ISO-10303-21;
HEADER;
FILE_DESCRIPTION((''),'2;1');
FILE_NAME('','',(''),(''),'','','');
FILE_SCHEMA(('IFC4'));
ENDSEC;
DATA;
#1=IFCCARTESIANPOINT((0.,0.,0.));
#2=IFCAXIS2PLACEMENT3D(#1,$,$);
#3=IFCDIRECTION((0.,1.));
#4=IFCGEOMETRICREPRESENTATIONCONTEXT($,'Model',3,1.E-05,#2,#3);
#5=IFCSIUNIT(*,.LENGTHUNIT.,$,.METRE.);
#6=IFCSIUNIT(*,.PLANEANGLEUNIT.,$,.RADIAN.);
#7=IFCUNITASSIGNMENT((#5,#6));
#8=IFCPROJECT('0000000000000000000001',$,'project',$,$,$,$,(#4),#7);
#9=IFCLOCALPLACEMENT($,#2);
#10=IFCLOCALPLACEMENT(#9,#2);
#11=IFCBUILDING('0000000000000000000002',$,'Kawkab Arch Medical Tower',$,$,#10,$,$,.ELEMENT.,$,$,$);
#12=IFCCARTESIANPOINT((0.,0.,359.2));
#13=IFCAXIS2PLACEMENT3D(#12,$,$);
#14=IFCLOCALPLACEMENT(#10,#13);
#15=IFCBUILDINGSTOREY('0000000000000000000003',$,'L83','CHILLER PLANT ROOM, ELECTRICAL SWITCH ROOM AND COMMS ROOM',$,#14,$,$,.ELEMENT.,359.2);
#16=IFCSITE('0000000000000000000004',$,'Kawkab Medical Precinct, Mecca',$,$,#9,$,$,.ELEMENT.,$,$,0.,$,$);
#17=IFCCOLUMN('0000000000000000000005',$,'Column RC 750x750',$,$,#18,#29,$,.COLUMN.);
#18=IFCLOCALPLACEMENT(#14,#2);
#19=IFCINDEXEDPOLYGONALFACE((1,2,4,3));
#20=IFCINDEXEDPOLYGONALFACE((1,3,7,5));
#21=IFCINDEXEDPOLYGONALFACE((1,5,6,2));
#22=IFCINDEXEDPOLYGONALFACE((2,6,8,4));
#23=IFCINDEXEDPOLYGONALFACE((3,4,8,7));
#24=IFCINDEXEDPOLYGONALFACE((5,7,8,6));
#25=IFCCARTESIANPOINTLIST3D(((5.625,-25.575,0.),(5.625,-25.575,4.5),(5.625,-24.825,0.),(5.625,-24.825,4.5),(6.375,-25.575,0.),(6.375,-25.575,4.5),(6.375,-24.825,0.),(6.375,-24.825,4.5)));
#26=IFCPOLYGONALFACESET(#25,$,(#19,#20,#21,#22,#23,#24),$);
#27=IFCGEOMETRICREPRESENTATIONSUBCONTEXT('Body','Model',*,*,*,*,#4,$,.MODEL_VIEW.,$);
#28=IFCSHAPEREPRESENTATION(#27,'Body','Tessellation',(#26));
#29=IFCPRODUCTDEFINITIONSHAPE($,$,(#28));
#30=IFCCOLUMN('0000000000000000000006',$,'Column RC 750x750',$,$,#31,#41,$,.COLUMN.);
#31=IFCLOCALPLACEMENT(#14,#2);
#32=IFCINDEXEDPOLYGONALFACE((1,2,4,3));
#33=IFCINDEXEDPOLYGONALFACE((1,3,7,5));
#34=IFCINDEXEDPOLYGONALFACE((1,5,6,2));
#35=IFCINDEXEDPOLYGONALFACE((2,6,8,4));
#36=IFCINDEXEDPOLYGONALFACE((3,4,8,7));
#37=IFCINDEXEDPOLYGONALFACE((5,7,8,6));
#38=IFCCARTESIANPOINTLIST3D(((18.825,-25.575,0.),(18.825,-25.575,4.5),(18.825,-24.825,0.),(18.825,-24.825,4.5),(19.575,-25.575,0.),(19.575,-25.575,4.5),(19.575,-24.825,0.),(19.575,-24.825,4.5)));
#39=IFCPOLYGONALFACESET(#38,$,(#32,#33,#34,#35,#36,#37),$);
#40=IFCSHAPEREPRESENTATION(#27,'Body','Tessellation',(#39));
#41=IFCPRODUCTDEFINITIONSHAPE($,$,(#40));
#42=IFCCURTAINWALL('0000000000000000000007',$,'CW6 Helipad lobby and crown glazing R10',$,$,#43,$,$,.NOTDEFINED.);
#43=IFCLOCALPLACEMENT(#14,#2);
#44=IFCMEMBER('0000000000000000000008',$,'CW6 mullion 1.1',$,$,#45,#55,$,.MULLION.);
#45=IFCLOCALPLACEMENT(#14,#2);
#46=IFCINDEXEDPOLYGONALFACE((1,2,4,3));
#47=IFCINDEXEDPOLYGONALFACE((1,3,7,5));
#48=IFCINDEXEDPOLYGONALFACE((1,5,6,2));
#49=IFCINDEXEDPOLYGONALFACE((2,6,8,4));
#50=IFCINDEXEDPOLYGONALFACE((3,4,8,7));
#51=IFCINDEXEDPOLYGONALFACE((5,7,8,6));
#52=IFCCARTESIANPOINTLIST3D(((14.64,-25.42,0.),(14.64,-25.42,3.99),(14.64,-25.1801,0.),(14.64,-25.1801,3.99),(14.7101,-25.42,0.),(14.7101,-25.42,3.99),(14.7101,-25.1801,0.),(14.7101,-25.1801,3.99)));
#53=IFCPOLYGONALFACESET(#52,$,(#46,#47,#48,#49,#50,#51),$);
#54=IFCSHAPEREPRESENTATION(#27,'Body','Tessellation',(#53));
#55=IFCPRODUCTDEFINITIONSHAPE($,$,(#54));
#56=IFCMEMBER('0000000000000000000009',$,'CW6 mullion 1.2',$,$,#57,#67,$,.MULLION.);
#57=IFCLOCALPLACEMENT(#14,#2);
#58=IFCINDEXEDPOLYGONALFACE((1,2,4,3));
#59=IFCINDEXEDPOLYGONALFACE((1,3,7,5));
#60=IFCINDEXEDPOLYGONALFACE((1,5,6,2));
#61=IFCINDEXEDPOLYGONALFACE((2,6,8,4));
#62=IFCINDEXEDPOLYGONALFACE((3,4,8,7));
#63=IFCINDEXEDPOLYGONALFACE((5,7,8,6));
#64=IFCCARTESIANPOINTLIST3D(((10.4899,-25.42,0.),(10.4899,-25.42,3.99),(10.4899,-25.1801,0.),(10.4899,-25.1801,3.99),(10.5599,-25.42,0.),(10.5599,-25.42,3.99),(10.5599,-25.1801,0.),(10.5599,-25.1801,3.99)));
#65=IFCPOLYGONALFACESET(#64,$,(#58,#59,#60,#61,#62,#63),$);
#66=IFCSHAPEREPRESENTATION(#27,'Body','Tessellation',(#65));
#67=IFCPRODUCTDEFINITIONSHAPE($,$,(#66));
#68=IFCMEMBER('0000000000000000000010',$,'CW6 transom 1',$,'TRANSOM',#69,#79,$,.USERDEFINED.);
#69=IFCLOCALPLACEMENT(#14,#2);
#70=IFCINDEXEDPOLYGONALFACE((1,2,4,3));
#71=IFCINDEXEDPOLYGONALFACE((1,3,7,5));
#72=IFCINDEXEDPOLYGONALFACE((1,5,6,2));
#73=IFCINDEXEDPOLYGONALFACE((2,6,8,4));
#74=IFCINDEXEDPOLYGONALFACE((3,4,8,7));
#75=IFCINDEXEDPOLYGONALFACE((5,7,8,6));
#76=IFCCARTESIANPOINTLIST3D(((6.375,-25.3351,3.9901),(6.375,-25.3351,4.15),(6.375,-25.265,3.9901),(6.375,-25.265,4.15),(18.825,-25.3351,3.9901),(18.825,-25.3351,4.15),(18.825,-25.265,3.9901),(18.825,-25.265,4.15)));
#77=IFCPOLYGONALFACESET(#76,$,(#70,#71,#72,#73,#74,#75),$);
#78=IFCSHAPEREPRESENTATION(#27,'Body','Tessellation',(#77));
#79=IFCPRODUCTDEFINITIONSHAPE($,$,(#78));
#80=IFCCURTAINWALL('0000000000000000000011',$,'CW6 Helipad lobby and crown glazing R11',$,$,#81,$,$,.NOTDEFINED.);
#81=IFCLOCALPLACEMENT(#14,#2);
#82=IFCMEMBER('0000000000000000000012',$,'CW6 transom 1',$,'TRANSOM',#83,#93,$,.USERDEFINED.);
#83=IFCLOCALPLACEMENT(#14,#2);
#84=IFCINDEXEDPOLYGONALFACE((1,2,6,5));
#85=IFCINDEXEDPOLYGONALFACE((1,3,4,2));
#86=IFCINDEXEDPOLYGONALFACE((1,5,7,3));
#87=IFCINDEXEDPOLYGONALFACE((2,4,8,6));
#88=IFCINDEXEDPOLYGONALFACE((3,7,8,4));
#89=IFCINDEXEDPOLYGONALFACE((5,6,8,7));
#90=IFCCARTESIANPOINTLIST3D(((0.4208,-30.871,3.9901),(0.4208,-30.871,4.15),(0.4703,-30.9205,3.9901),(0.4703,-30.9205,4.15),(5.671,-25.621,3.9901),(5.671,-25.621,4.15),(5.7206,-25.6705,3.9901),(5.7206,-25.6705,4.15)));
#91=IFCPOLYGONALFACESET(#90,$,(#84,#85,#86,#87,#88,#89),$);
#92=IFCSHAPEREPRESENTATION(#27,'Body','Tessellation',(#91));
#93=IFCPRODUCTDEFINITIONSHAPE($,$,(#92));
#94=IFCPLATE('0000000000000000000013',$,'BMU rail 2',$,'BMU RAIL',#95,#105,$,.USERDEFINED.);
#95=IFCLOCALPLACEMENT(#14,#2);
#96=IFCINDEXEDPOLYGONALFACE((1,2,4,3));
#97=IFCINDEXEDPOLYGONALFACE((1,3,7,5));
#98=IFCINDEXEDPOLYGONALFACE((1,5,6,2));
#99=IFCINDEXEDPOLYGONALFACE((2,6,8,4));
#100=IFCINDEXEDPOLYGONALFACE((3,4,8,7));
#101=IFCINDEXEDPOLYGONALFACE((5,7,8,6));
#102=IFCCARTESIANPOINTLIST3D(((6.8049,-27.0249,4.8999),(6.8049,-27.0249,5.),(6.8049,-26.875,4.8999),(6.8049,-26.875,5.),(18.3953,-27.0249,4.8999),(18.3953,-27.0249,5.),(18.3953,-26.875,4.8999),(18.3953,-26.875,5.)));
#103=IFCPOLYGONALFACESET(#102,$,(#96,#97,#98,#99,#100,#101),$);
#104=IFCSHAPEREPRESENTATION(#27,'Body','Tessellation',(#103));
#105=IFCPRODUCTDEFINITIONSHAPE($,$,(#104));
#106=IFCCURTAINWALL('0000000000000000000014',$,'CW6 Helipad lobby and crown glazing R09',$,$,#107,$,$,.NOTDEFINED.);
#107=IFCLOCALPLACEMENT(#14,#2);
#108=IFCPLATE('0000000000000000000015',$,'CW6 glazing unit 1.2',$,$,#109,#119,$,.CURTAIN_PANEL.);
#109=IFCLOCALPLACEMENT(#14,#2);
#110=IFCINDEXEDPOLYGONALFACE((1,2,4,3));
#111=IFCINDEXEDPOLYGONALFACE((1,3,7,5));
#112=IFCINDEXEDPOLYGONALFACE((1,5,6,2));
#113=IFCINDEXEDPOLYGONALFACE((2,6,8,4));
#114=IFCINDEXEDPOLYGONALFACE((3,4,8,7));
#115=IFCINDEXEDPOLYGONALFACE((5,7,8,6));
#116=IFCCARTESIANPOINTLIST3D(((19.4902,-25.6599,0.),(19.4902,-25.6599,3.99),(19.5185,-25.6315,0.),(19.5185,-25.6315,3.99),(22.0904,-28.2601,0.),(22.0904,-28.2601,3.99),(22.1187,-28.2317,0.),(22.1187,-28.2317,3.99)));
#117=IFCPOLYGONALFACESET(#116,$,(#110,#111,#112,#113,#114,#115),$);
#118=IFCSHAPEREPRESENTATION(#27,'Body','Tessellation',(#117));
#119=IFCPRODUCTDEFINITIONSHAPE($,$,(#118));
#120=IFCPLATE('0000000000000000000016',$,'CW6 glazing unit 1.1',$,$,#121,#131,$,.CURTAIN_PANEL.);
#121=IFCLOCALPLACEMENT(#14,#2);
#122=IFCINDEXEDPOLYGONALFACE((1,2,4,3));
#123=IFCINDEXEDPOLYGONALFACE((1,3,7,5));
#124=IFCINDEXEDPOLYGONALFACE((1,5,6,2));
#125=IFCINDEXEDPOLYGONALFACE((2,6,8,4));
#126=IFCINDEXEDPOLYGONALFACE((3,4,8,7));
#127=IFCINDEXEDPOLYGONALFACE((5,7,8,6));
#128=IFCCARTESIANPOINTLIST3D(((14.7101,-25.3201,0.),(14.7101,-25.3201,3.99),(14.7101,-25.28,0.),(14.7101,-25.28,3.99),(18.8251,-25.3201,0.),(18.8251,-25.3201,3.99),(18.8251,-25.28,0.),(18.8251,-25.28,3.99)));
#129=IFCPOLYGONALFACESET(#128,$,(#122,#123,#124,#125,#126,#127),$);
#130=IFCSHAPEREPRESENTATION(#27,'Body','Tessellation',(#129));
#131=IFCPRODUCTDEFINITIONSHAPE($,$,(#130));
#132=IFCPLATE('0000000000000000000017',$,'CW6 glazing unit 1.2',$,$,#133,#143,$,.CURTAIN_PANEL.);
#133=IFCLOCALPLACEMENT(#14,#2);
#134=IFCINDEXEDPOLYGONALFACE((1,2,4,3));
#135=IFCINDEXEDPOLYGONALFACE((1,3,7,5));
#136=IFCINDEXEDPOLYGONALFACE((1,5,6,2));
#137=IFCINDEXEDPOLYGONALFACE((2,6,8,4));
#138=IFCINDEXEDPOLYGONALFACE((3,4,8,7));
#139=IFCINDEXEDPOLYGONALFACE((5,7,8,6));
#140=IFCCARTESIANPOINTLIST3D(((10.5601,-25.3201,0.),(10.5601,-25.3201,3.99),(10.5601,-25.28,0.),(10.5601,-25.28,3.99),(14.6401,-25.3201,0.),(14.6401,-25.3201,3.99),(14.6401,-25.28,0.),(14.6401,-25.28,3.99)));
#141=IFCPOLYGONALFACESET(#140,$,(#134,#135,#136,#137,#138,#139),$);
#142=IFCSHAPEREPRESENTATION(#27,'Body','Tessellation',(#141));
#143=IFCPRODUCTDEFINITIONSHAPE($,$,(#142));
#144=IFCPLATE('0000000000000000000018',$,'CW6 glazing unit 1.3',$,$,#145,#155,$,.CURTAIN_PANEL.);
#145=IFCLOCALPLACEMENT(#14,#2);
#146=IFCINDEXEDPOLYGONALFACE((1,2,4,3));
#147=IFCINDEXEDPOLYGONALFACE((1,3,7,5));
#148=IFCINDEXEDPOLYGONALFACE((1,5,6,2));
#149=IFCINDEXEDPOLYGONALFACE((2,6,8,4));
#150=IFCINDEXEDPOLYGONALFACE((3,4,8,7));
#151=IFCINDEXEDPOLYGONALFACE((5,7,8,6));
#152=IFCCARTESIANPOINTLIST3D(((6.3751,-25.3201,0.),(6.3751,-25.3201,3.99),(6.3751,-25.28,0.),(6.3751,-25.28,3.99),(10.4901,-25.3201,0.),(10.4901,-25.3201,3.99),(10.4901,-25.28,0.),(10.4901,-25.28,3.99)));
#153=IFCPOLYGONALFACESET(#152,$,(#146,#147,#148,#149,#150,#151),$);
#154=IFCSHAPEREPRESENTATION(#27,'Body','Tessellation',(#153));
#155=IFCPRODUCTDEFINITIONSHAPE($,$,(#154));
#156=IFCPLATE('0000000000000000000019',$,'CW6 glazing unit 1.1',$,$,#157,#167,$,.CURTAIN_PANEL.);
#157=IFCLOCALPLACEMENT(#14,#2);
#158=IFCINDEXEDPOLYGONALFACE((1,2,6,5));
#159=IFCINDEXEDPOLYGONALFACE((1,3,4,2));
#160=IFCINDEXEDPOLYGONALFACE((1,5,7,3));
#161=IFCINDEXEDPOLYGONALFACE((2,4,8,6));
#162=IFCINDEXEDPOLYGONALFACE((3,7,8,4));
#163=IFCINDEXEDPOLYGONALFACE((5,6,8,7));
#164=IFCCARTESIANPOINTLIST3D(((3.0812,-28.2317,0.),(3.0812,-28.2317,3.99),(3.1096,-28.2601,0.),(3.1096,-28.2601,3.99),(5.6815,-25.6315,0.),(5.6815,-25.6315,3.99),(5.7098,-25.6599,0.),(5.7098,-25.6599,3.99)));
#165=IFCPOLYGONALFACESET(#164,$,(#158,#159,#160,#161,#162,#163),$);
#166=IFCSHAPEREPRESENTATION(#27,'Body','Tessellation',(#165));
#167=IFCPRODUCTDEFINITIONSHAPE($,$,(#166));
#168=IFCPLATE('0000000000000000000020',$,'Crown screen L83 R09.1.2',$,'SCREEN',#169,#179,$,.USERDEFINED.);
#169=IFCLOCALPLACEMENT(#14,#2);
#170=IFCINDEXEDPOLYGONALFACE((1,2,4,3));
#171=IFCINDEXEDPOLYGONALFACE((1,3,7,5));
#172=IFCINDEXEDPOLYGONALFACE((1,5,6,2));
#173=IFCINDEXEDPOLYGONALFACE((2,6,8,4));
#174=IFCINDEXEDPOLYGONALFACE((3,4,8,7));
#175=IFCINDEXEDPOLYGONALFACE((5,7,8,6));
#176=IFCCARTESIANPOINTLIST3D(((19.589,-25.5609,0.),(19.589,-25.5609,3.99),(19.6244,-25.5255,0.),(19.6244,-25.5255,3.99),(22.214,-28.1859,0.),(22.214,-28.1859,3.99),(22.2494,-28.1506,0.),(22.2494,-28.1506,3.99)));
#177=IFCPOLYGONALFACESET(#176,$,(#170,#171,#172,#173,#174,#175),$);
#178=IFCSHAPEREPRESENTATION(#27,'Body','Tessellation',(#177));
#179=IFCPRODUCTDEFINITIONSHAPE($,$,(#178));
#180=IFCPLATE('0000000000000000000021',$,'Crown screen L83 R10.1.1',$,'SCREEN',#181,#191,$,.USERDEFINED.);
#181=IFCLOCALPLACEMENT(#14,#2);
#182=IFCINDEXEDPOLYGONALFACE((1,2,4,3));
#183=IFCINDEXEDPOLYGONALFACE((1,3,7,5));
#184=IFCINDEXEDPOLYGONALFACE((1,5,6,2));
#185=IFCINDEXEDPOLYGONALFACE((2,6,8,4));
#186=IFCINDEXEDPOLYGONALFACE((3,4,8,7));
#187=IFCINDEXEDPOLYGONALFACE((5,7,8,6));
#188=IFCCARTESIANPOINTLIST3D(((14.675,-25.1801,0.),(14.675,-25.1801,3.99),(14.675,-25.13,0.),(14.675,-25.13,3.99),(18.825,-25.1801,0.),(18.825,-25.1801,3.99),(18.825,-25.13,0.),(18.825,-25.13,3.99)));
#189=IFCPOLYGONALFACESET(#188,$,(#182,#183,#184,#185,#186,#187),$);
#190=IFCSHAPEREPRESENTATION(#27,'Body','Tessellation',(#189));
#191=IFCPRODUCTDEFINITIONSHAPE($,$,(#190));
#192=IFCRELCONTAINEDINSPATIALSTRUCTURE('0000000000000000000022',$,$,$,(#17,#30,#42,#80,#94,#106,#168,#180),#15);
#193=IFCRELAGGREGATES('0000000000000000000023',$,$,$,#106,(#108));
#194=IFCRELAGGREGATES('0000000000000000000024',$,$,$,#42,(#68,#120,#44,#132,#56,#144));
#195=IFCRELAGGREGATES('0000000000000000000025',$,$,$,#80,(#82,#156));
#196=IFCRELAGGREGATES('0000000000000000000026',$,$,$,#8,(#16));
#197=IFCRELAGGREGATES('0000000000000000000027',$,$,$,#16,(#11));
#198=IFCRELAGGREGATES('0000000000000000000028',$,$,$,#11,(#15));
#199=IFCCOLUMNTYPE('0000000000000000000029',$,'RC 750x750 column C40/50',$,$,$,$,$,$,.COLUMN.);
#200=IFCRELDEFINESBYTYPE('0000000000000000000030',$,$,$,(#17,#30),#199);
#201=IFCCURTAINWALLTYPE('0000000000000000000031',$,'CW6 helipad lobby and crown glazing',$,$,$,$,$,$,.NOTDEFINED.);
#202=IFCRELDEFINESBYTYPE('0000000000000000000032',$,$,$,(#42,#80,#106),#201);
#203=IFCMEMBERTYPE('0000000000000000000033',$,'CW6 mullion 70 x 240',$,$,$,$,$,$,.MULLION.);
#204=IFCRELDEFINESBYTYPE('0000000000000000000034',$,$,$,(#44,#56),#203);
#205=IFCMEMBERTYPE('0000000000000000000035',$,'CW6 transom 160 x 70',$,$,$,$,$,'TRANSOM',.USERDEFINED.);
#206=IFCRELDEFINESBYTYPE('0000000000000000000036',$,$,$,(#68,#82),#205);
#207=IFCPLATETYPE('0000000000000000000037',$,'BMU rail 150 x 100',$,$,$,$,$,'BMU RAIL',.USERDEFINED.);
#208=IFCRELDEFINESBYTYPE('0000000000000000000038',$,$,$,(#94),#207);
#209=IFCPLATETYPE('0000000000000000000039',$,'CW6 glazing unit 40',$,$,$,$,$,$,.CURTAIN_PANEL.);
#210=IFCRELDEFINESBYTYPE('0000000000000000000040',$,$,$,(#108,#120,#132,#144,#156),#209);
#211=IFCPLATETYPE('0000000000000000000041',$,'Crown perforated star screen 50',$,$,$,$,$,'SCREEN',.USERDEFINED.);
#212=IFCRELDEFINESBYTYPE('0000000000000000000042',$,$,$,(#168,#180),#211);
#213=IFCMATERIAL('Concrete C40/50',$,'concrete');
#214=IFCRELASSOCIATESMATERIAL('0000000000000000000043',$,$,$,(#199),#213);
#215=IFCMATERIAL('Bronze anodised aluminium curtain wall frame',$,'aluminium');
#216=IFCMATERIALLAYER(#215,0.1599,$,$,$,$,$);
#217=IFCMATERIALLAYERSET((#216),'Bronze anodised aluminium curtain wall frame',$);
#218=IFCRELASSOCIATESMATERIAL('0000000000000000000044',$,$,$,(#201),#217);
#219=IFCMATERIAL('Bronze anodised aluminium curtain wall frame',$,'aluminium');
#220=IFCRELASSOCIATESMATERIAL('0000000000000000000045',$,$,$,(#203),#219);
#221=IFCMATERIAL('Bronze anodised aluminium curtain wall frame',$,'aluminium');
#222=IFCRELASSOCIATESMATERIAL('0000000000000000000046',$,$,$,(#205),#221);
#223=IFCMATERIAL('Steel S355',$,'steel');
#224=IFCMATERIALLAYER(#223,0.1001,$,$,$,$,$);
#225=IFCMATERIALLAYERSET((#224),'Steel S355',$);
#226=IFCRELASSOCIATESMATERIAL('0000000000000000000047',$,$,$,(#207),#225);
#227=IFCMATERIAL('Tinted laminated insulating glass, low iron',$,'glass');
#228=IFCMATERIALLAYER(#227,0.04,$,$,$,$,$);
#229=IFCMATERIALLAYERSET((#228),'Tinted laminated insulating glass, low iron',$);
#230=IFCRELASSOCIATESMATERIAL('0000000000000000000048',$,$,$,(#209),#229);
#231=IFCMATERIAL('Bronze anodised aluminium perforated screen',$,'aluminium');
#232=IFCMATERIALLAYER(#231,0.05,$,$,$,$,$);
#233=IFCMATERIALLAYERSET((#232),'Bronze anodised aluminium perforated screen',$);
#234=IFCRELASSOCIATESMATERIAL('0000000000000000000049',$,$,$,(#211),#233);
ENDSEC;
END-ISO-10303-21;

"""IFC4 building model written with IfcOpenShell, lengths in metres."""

from ifc_helpers import new_model, si_unit, direction, frame, origin, origin_2d, place, context, subcontext, project, spatial, rectangle, extrude, material, layer, layer_set, material_profile, profile_set, type_object, element, aggregate, save


model = new_model("IFC4")

# Units and contexts
model_context = context("Model", 3, precision=1e-05, world=origin(), true_north=direction((0.0, 1.0)))
body_context = subcontext(model_context, "Body", "Model", "MODEL_VIEW")
ifc_project = project(units=[si_unit("LENGTHUNIT", "METRE"), si_unit("PLANEANGLEUNIT", "RADIAN")], contexts=[model_context])

# Site, building, storey
site_placement = place(None, origin())
site = spatial("IfcSite", under=ifc_project, at=site_placement, Name="Kawkab Medical Precinct, Mecca", CompositionType="ELEMENT", RefElevation=0.0)
building_placement = place(site_placement, origin())
building = spatial("IfcBuilding", under=site, at=building_placement, Name="Kawkab Arch Medical Tower", CompositionType="ELEMENT")
storey_placement = place(building_placement, frame((0.0, 0.0, 359.2)))
storey = spatial("IfcBuildingStorey", under=building, at=storey_placement, Name="L83", Description="CHILLER PLANT ROOM, ELECTRICAL SWITCH ROOM AND COMMS ROOM", CompositionType="ELEMENT", Elevation=359.2)

# Columns
ifc_material_1 = material(Name="Concrete C40/50", Category="concrete")
ifc_material_profile_1 = material_profile(ifc_material_1, rectangle(XDim=0.75, YDim=0.75, at=origin_2d()), Name="RC 750x750")
ifc_profile_set_1 = profile_set([ifc_material_profile_1], Name="Concrete C40/50")
column_type = type_object("IfcColumnType", Name="RC 750x750 column C40/50", PredefinedType="COLUMN", material=ifc_profile_set_1)
for number, where, z_axis, x_axis, name in (
    (1, (6.0, -25.2, 0.0), (0.0, 0.0, 1.0), (1.0, 0.0, 0.0), "Column RC 750x750"),
    (2, (19.2, -25.2, 0.0), (0.0, 0.0, 1.0), (1.0, 0.0, 0.0), "Column RC 750x750"),
):
    element("IfcColumn", number, at=place(storey_placement, frame(where, z_axis=z_axis, x_axis=x_axis)), inside=storey, type_object=column_type, Name=name, PredefinedType="COLUMN", context=body_context, shape_type="SweptSolid", body=[
        extrude(rectangle(XDim=0.75, YDim=0.75, at=origin_2d()), origin(), (0.0, 0.0, 1.0), 4.5),
    ])

# Curtain wall, members
ifc_material_2 = material(Name="Bronze anodised aluminium curtain wall frame", Category="aluminium")
ifc_layer_1 = layer(ifc_material_2, 0.1599)
ifc_layer_set_1 = layer_set([ifc_layer_1], Name="Bronze anodised aluminium curtain wall frame")
curtain_wall_type = type_object("IfcCurtainWallType", Name="CW6 helipad lobby and crown glazing", PredefinedType="NOTDEFINED", material=ifc_layer_set_1)
placement = place(storey_placement, origin())
curtain_wall_1 = element("IfcCurtainWall", 3, at=placement, inside=storey, type_object=curtain_wall_type, Name="CW6 Helipad lobby and crown glazing R10", PredefinedType="NOTDEFINED")
ifc_material_3 = material(Name="Bronze anodised aluminium curtain wall frame", Category="aluminium")
ifc_material_profile_2 = material_profile(ifc_material_3, rectangle(XDim=0.24, YDim=0.0701, at=origin_2d()), Name="AL 70x240")
ifc_profile_set_2 = profile_set([ifc_material_profile_2], Name="Bronze anodised aluminium curtain wall frame")
member_type_1 = type_object("IfcMemberType", Name="CW6 mullion 70 x 240", PredefinedType="MULLION", material=ifc_profile_set_2)
member_1_placement = place(storey_placement, frame((14.675, -25.3, 0.0), z_axis=(0.0, 0.0, 1.0), x_axis=(0.0, -1.0, 0.0)))
member_1 = element("IfcMember", 4, at=member_1_placement, type_object=member_type_1, Name="CW6 mullion 1.1", PredefinedType="MULLION", context=body_context, shape_type="SweptSolid", body=[
    extrude(rectangle(XDim=0.24, YDim=0.0701, at=origin_2d()), origin(), (0.0, 0.0, 1.0), 3.99),
])
member_2_placement = place(storey_placement, frame((10.5249, -25.3, 0.0), z_axis=(0.0, 0.0, 1.0), x_axis=(0.0, -1.0, 0.0)))
member_2 = element("IfcMember", 5, at=member_2_placement, type_object=member_type_1, Name="CW6 mullion 1.2", PredefinedType="MULLION", context=body_context, shape_type="SweptSolid", body=[
    extrude(rectangle(XDim=0.24, YDim=0.0701, at=origin_2d()), origin(), (0.0, 0.0, 1.0), 3.99),
])
ifc_material_4 = material(Name="Bronze anodised aluminium curtain wall frame", Category="aluminium")
ifc_material_profile_3 = material_profile(ifc_material_4, rectangle(XDim=0.0701, YDim=0.1599, at=origin_2d()), Name="AL 70x160")
ifc_profile_set_3 = profile_set([ifc_material_profile_3], Name="Bronze anodised aluminium curtain wall frame")
member_type_2 = type_object("IfcMemberType", Name="CW6 transom 160 x 70", ElementType="TRANSOM", PredefinedType="USERDEFINED", material=ifc_profile_set_3)
member_3_placement = place(storey_placement, frame((18.825, -25.3, 4.0701), z_axis=(-1.0, 0.0, 0.0), x_axis=(0.0, -1.0, 0.0)))
member_3 = element("IfcMember", 6, at=member_3_placement, type_object=member_type_2, Name="CW6 transom 1", ObjectType="TRANSOM", PredefinedType="USERDEFINED", context=body_context, shape_type="SweptSolid", body=[
    extrude(rectangle(XDim=0.0701, YDim=0.1599, at=origin_2d()), origin(), (0.0, 0.0, 1.0), 12.45),
])

# Curtain wall, member
curtain_wall_2 = element("IfcCurtainWall", 7, at=placement, inside=storey, type_object=curtain_wall_type, Name="CW6 Helipad lobby and crown glazing R11", PredefinedType="NOTDEFINED")
member_4_placement = place(storey_placement, frame((5.6958, -25.6458, 4.0701), z_axis=(-0.707123, -0.70709, 0.0), x_axis=(0.70709, -0.707123, 0.0)))
member_4 = element("IfcMember", 8, at=member_4_placement, type_object=member_type_2, Name="CW6 transom 1", ObjectType="TRANSOM", PredefinedType="USERDEFINED", context=body_context, shape_type="SweptSolid", body=[
    extrude(rectangle(XDim=0.0701, YDim=0.1599, at=origin_2d()), origin(), (0.0, 0.0, 1.0), 7.4248),
])

# Plate
ifc_material_5 = material(Name="Steel S355", Category="steel")
ifc_layer_2 = layer(ifc_material_5, 0.1001)
ifc_layer_set_2 = layer_set([ifc_layer_2], Name="Steel S355")
plate_type_1 = type_object("IfcPlateType", Name="BMU rail 150 x 100", ElementType="BMU RAIL", PredefinedType="USERDEFINED", material=ifc_layer_set_2)
plate_1_placement = place(storey_placement, frame((12.6001, -26.95, 4.8999), z_axis=(0.0, 0.0, 1.0), x_axis=(1.0, 0.0, 0.0)))
element("IfcPlate", 9, at=plate_1_placement, inside=storey, type_object=plate_type_1, Name="BMU rail 2", ObjectType="BMU RAIL", PredefinedType="USERDEFINED", context=body_context, shape_type="SweptSolid", body=[
    extrude(rectangle(XDim=11.5903, YDim=0.1499, at=origin_2d()), origin(), (0.0, 0.0, 1.0), 0.1001),
])

# Curtain wall, plate
curtain_wall_3 = element("IfcCurtainWall", 10, at=placement, inside=storey, type_object=curtain_wall_type, Name="CW6 Helipad lobby and crown glazing R09", PredefinedType="NOTDEFINED")
ifc_material_6 = material(Name="Tinted laminated insulating glass, low iron", Category="glass")
ifc_layer_3 = layer(ifc_material_6, 0.04)
ifc_layer_set_3 = layer_set([ifc_layer_3], Name="Tinted laminated insulating glass, low iron")
plate_type_2 = type_object("IfcPlateType", Name="CW6 glazing unit 40", PredefinedType="CURTAIN_PANEL", material=ifc_layer_set_3)
plate_2_placement = place(storey_placement, frame((20.8044, -26.9458, 0.0), z_axis=(0.0, 0.0, 1.0), x_axis=(-0.707107, 0.707107, 0.0)))
plate_2 = element("IfcPlate", 11, at=plate_2_placement, type_object=plate_type_2, Name="CW6 glazing unit 1.2", PredefinedType="CURTAIN_PANEL", context=body_context, shape_type="SweptSolid", body=[
    extrude(rectangle(XDim=3.6772, YDim=0.04, at=origin_2d()), origin(), (0.0, 0.0, 1.0), 3.99),
])
aggregate(curtain_wall_3, [plate_2])

# Plates
plate_3_placement = place(storey_placement, frame((16.7676, -25.3, 0.0), z_axis=(0.0, 0.0, 1.0), x_axis=(-1.0, 0.0, 0.0)))
plate_3 = element("IfcPlate", 12, at=plate_3_placement, type_object=plate_type_2, Name="CW6 glazing unit 1.1", PredefinedType="CURTAIN_PANEL", context=body_context, shape_type="SweptSolid", body=[
    extrude(rectangle(XDim=4.115, YDim=0.04, at=origin_2d()), origin(), (0.0, 0.0, 1.0), 3.99),
])
plate_4_placement = place(storey_placement, frame((12.6001, -25.3, 0.0), z_axis=(0.0, 0.0, 1.0), x_axis=(-1.0, 0.0, 0.0)))
plate_4 = element("IfcPlate", 13, at=plate_4_placement, type_object=plate_type_2, Name="CW6 glazing unit 1.2", PredefinedType="CURTAIN_PANEL", context=body_context, shape_type="SweptSolid", body=[
    extrude(rectangle(XDim=4.0801, YDim=0.04, at=origin_2d()), origin(), (0.0, 0.0, 1.0), 3.99),
])
plate_5_placement = place(storey_placement, frame((8.4326, -25.3, 0.0), z_axis=(0.0, 0.0, 1.0), x_axis=(-1.0, 0.0, 0.0)))
plate_5 = element("IfcPlate", 14, at=plate_5_placement, type_object=plate_type_2, Name="CW6 glazing unit 1.3", PredefinedType="CURTAIN_PANEL", context=body_context, shape_type="SweptSolid", body=[
    extrude(rectangle(XDim=4.115, YDim=0.04, at=origin_2d()), origin(), (0.0, 0.0, 1.0), 3.99),
])
aggregate(curtain_wall_1, [member_3, plate_3, member_1, plate_4, member_2, plate_5])
plate_6_placement = place(storey_placement, frame((4.3955, -26.9458, 0.0), z_axis=(0.0, 0.0, 1.0), x_axis=(-0.707107, -0.707107, 0.0)))
plate_6 = element("IfcPlate", 15, at=plate_6_placement, type_object=plate_type_2, Name="CW6 glazing unit 1.1", PredefinedType="CURTAIN_PANEL", context=body_context, shape_type="SweptSolid", body=[
    extrude(rectangle(XDim=3.6772, YDim=0.04, at=origin_2d()), origin(), (0.0, 0.0, 1.0), 3.99),
])
aggregate(curtain_wall_2, [member_4, plate_6])

# Plates
ifc_material_7 = material(Name="Bronze anodised aluminium perforated screen", Category="aluminium")
ifc_layer_4 = layer(ifc_material_7, 0.05)
ifc_layer_set_4 = layer_set([ifc_layer_4], Name="Bronze anodised aluminium perforated screen")
plate_type_3 = type_object("IfcPlateType", Name="Crown perforated star screen 50", ElementType="SCREEN", PredefinedType="USERDEFINED", material=ifc_layer_set_4)
plate_7_placement = place(storey_placement, frame((20.9192, -26.8557, 0.0), z_axis=(0.0, 0.0, 1.0), x_axis=(-0.707107, 0.707107, 0.0)))
element("IfcPlate", 16, at=plate_7_placement, inside=storey, type_object=plate_type_3, Name="Crown screen L83 R09.1.2", ObjectType="SCREEN", PredefinedType="USERDEFINED", context=body_context, shape_type="SweptSolid", body=[
    extrude(rectangle(XDim=3.7124, YDim=0.05, at=origin_2d()), origin(), (0.0, 0.0, 1.0), 3.99),
])
for number, where, z_axis, x_axis, name in (
    (17, (16.75, -25.155, 0.0), (0.0, 0.0, 1.0), (-1.0, 0.0, 0.0), "Crown screen L83 R10.1.1"),
):
    element("IfcPlate", number, at=place(storey_placement, frame(where, z_axis=z_axis, x_axis=x_axis)), inside=storey, type_object=plate_type_3, Name=name, ObjectType="SCREEN", PredefinedType="USERDEFINED", context=body_context, shape_type="SweptSolid", body=[
        extrude(rectangle(XDim=4.1499, YDim=0.05, at=origin_2d()), origin(), (0.0, 0.0, 1.0), 3.99),
    ])

save(model, "model.ifc")
